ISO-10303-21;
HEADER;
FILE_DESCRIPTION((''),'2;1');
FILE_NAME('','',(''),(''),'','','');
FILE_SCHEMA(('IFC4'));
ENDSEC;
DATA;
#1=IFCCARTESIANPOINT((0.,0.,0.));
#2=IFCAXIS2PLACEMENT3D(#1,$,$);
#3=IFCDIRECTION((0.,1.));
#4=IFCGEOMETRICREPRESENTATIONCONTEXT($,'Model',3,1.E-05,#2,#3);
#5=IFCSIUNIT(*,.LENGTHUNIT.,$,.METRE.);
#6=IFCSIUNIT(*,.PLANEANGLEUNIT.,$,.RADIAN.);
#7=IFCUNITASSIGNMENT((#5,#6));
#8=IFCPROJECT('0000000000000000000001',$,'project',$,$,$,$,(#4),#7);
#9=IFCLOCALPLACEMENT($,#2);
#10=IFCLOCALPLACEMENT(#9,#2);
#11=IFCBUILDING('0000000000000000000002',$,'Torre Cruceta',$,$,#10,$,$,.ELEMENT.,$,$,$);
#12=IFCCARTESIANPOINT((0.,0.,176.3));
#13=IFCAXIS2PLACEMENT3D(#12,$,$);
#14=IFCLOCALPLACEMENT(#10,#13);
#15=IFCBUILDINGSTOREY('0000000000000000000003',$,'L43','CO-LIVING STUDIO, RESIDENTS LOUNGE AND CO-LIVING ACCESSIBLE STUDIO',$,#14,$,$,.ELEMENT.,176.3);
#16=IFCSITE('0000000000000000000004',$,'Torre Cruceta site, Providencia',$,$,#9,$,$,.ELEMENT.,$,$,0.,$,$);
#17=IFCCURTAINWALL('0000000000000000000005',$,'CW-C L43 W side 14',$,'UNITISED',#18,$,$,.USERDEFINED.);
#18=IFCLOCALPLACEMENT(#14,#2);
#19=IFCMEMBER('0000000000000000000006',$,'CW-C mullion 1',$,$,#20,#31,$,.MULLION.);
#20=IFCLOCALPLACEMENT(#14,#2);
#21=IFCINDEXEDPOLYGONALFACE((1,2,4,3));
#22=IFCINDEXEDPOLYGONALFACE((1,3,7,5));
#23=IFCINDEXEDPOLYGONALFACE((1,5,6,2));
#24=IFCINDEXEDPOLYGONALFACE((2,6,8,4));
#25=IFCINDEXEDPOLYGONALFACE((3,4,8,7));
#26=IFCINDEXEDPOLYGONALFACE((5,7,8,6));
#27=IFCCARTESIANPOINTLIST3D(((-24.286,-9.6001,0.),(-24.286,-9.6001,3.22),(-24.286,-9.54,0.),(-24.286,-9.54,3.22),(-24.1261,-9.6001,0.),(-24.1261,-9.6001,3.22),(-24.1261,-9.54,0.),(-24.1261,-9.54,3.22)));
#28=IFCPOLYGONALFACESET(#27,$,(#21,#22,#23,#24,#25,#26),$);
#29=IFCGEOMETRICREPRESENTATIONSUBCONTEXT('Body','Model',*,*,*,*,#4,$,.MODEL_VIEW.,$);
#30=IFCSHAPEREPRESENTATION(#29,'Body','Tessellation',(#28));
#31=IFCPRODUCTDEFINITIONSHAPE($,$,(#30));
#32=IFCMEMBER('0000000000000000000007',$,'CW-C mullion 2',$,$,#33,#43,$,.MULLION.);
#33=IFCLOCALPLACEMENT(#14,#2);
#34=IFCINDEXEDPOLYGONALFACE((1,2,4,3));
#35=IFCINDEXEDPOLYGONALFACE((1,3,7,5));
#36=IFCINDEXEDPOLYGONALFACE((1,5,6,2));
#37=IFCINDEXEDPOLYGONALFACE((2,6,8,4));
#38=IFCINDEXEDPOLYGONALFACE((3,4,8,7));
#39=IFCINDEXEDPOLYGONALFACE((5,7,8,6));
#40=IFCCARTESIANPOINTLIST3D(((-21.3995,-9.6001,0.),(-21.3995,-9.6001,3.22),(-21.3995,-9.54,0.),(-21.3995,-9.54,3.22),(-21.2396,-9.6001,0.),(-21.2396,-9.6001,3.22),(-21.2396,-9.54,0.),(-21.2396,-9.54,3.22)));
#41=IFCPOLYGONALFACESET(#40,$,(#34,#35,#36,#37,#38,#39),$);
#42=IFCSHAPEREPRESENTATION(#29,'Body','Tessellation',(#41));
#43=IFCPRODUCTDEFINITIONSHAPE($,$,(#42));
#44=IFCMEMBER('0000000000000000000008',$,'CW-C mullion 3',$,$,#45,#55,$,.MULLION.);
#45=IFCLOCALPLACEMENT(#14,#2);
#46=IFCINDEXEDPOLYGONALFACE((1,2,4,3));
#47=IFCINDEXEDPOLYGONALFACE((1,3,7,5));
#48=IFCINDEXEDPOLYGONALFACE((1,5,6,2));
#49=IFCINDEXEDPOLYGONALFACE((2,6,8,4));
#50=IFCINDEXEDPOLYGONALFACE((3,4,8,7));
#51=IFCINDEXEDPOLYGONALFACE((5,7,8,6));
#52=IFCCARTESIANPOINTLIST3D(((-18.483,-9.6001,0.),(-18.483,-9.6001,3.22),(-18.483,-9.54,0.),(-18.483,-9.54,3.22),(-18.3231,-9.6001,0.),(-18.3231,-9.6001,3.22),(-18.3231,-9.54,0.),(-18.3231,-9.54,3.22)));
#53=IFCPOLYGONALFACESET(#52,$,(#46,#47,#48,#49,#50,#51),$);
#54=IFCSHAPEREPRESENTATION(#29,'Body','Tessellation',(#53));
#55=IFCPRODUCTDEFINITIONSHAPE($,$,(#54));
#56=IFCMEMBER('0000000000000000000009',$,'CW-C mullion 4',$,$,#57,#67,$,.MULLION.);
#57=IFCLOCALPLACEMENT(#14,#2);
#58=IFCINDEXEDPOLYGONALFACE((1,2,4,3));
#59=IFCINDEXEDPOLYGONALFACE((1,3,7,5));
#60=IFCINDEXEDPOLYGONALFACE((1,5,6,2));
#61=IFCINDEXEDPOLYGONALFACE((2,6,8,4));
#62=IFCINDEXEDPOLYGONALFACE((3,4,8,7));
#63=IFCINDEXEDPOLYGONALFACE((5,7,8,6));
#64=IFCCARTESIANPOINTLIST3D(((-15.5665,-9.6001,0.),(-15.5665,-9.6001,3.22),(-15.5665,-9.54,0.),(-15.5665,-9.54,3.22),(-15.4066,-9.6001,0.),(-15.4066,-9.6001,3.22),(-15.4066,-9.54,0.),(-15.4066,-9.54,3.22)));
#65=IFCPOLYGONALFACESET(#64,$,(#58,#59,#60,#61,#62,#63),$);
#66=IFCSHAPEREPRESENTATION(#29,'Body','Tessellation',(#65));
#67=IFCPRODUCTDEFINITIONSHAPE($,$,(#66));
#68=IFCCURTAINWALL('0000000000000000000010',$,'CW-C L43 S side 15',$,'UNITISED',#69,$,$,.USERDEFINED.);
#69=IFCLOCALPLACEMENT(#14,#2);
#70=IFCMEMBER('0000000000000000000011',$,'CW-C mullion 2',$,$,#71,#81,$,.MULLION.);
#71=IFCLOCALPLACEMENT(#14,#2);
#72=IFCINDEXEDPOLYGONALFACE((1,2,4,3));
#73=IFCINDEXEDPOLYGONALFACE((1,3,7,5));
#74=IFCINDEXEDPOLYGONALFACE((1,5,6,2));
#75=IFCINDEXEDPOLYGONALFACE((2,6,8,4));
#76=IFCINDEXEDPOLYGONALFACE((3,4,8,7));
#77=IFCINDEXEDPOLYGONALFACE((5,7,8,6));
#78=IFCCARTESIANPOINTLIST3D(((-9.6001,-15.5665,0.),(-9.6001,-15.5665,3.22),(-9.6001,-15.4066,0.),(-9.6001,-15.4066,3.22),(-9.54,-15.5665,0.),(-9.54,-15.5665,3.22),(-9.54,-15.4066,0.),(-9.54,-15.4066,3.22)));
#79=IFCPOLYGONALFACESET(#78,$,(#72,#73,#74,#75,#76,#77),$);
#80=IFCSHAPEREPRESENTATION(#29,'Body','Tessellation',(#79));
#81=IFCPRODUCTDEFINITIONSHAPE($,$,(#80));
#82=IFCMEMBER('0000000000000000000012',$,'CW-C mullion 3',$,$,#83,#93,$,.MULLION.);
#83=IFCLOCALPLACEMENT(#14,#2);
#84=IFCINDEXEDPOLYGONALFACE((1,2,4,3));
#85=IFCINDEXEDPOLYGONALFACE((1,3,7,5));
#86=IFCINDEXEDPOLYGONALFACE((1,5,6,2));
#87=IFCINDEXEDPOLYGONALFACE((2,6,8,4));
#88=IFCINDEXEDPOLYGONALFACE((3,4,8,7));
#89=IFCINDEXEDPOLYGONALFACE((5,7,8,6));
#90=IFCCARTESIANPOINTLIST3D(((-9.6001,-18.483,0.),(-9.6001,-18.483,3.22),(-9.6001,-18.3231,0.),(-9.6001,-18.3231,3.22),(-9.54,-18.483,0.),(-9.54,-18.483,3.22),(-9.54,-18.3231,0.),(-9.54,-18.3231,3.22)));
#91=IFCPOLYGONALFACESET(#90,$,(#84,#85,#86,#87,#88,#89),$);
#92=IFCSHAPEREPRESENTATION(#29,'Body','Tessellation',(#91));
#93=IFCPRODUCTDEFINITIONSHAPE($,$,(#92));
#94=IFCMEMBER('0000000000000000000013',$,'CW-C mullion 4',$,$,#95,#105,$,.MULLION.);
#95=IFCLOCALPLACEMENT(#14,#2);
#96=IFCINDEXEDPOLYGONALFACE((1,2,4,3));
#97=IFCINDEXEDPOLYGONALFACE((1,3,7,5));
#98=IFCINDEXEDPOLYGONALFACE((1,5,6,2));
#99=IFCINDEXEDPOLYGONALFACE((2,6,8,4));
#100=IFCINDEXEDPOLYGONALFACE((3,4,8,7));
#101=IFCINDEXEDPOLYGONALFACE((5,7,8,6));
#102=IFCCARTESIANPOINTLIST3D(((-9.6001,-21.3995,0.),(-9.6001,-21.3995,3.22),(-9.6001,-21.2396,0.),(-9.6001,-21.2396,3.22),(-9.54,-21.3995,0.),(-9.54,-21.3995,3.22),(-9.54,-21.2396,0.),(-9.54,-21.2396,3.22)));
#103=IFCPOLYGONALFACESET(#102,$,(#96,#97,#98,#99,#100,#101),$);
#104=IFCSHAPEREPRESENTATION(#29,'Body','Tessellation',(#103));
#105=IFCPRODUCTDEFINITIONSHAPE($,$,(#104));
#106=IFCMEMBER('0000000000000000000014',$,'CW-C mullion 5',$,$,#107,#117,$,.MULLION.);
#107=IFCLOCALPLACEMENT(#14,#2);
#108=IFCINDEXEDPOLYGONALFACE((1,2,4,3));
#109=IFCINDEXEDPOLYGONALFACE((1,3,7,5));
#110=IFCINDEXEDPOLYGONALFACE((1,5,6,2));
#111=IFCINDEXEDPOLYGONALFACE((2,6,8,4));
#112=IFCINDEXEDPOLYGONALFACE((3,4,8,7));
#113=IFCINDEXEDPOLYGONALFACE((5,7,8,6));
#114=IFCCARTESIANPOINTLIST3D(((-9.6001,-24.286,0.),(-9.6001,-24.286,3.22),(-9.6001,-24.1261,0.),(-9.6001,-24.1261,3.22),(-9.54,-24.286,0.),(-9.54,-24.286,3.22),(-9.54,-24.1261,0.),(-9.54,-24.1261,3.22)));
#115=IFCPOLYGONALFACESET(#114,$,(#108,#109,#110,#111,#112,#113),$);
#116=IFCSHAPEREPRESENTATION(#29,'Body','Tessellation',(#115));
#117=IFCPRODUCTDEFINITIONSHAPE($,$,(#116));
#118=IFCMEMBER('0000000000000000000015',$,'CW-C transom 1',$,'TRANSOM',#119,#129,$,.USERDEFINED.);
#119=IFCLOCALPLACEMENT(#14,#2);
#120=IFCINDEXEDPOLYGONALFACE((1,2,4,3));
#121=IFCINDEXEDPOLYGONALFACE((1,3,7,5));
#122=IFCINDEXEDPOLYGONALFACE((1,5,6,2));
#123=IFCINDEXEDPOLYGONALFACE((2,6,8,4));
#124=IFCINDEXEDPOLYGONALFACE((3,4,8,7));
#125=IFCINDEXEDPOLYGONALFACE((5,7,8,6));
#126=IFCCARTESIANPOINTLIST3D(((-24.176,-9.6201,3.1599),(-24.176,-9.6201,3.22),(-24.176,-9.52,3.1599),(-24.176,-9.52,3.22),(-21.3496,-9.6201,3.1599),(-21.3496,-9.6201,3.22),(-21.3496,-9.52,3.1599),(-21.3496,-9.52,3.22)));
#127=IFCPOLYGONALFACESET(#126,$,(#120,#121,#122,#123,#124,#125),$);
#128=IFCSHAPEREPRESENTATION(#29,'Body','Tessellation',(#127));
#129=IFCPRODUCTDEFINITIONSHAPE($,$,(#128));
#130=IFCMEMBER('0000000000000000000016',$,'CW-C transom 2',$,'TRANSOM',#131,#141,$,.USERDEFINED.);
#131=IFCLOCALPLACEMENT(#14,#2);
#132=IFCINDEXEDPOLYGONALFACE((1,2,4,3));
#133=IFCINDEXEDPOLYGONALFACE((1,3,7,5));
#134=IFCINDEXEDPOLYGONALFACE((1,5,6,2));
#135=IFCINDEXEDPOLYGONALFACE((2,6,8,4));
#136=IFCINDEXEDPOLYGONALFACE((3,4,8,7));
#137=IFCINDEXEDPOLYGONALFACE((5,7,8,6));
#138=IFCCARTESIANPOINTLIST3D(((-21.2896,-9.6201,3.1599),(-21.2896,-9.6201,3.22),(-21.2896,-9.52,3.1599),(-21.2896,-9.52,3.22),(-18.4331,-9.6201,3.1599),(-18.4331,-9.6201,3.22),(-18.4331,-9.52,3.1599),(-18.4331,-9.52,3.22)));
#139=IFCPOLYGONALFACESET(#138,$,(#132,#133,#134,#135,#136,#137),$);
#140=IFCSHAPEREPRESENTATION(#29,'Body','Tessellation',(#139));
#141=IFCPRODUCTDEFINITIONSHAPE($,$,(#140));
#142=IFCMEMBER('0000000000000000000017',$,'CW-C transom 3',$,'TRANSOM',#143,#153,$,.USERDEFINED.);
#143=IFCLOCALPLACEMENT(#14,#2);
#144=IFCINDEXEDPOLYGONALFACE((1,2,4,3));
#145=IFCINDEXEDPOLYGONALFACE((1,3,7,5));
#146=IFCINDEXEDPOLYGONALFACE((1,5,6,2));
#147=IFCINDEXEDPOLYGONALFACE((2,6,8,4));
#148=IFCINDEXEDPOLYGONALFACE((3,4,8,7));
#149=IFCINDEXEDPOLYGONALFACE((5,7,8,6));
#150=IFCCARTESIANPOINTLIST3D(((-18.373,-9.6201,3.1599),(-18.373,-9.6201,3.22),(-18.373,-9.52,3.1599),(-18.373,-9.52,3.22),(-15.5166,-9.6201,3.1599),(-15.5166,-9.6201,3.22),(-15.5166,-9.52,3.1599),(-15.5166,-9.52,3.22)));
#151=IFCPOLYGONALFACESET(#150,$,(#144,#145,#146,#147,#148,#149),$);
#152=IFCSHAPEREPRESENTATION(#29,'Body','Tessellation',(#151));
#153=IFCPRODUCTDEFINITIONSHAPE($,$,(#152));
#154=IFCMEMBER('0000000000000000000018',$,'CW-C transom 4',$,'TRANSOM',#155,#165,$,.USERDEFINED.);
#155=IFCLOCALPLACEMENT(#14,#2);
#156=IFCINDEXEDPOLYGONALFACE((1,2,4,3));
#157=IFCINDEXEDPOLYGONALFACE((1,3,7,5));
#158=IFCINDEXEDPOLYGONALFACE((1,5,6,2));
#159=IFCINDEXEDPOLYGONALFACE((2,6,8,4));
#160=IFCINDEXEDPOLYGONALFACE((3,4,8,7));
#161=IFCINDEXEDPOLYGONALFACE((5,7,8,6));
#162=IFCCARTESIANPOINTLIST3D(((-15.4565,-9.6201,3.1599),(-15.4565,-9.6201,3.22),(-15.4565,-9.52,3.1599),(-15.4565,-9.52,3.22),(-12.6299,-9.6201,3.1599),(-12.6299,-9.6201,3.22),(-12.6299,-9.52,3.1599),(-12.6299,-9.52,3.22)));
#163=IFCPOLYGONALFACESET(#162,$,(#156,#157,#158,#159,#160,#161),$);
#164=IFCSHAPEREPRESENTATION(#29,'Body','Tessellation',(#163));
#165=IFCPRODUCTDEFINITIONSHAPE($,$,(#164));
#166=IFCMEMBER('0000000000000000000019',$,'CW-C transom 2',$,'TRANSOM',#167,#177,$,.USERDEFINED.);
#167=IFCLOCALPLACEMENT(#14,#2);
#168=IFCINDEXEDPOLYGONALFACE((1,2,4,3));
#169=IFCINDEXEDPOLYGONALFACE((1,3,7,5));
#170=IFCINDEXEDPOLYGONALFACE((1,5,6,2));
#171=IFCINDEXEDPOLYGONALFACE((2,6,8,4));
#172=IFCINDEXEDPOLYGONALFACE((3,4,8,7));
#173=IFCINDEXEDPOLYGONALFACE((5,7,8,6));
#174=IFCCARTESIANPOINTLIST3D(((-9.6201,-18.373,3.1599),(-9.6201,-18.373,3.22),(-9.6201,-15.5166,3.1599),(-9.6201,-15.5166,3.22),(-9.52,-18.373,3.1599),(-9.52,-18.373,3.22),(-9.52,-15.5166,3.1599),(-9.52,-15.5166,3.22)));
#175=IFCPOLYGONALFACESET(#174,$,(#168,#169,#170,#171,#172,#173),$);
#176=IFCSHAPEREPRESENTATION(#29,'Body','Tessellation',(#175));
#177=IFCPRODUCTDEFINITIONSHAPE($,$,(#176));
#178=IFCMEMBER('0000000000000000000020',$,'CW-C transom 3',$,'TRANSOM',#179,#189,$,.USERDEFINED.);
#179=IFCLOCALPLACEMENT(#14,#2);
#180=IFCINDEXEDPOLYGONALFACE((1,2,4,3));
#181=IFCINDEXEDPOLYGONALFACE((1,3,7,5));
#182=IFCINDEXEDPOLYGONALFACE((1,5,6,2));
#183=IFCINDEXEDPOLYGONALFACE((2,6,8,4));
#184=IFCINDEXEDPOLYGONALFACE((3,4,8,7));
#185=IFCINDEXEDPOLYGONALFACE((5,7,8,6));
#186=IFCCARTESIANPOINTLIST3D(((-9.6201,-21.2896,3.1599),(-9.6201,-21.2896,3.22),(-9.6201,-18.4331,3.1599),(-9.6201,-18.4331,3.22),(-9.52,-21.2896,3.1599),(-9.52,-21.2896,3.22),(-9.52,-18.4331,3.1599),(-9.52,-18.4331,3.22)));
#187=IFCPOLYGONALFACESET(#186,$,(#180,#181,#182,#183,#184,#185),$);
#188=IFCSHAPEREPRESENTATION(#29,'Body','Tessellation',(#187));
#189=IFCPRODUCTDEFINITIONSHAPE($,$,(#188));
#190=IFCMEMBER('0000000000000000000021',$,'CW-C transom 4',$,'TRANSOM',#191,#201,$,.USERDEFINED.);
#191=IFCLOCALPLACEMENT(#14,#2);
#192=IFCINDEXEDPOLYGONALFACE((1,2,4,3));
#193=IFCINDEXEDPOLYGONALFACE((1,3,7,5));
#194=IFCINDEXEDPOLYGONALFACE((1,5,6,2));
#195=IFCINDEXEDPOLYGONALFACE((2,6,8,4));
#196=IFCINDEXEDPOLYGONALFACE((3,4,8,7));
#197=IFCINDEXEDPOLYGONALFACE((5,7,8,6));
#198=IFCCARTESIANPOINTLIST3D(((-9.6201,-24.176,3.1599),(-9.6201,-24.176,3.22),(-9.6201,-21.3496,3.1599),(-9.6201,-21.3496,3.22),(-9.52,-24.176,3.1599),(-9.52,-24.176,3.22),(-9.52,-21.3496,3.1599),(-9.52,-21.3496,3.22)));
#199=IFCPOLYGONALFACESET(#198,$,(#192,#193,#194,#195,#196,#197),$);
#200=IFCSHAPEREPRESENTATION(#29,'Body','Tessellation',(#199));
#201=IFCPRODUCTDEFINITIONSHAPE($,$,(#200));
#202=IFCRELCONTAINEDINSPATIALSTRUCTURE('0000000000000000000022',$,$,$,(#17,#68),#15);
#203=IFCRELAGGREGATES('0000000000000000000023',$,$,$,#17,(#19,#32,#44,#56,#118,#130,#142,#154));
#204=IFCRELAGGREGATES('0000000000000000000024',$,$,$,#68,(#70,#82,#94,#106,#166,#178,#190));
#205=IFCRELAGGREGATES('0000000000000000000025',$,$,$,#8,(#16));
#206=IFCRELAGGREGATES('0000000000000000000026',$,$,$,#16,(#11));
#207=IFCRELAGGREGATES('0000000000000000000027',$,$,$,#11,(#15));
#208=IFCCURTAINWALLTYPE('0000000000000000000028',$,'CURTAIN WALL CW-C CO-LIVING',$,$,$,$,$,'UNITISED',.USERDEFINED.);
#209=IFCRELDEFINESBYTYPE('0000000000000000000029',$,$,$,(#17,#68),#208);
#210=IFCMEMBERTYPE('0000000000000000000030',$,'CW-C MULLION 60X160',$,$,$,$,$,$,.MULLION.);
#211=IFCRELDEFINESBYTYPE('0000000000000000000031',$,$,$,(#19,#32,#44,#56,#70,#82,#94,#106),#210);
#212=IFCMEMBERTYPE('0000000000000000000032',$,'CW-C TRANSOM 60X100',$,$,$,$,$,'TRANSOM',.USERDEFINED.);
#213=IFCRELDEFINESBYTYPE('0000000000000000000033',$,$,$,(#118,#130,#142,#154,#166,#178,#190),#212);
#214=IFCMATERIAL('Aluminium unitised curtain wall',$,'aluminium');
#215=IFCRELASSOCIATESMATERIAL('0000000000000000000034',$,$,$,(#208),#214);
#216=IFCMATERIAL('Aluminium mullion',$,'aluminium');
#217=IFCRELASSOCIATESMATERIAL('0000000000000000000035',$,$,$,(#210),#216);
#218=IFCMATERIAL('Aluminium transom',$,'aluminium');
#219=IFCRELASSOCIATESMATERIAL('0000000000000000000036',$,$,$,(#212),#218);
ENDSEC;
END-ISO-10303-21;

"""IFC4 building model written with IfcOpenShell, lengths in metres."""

from ifc_helpers import new_model, si_unit, direction, frame, origin, origin_2d, place, context, subcontext, project, spatial, rectangle, extrude, material, material_profile, profile_set, type_object, element, aggregate, save


model = new_model("IFC4")

# Units and contexts
model_context = context("Model", 3, precision=1e-05, world=origin(), true_north=direction((0.0, 1.0)))
body_context = subcontext(model_context, "Body", "Model", "MODEL_VIEW")
ifc_project = project(units=[si_unit("LENGTHUNIT", "METRE"), si_unit("PLANEANGLEUNIT", "RADIAN")], contexts=[model_context])

# Site, building, storey
site_placement = place(None, origin())
site = spatial("IfcSite", under=ifc_project, at=site_placement, Name="Torre Cruceta site, Providencia", CompositionType="ELEMENT", RefElevation=0.0)
building_placement = place(site_placement, origin())
building = spatial("IfcBuilding", under=site, at=building_placement, Name="Torre Cruceta", CompositionType="ELEMENT")
storey_placement = place(building_placement, frame((0.0, 0.0, 176.3)))
storey = spatial("IfcBuildingStorey", under=building, at=storey_placement, Name="L43", Description="CO-LIVING STUDIO, RESIDENTS LOUNGE AND CO-LIVING ACCESSIBLE STUDIO", CompositionType="ELEMENT", Elevation=176.3)

# Curtain walls, members
ifc_material_1 = material(Name="Aluminium unitised curtain wall", Category="aluminium")
curtain_wall_type = type_object("IfcCurtainWallType", Name="CURTAIN WALL CW-C CO-LIVING", ElementType="UNITISED", PredefinedType="USERDEFINED", material=ifc_material_1)
curtain_wall_1_placement = place(storey_placement, origin())
curtain_wall_1 = element("IfcCurtainWall", 1, at=curtain_wall_1_placement, inside=storey, type_object=curtain_wall_type, Name="CW-C L43 W side 14", ObjectType="UNITISED", PredefinedType="USERDEFINED")
ifc_material_2 = material(Name="Aluminium mullion", Category="aluminium")
ifc_material_profile_1 = material_profile(ifc_material_2, rectangle(XDim=0.0601, YDim=0.1599, at=origin_2d()), Name="AL 60X160")
ifc_profile_set_1 = profile_set([ifc_material_profile_1], Name="Aluminium mullion")
member_type_1 = type_object("IfcMemberType", Name="CW-C MULLION 60X160", PredefinedType="MULLION", material=ifc_profile_set_1)
member_1_placement = place(storey_placement, frame((-24.2061, -9.5701, 0.0), z_axis=(0.0, 0.0, 1.0), x_axis=(0.0, 1.0, 0.0)))
member_1 = element("IfcMember", 2, at=member_1_placement, type_object=member_type_1, Name="CW-C mullion 1", PredefinedType="MULLION", context=body_context, shape_type="SweptSolid", body=[
    extrude(rectangle(XDim=0.0601, YDim=0.1599, at=origin_2d()), origin(), (0.0, 0.0, 1.0), 3.22),
])
member_2_placement = place(storey_placement, frame((-21.3196, -9.5701, 0.0), z_axis=(0.0, 0.0, 1.0), x_axis=(0.0, 1.0, 0.0)))
member_2 = element("IfcMember", 3, at=member_2_placement, type_object=member_type_1, Name="CW-C mullion 2", PredefinedType="MULLION", context=body_context, shape_type="SweptSolid", body=[
    extrude(rectangle(XDim=0.0601, YDim=0.1599, at=origin_2d()), origin(), (0.0, 0.0, 1.0), 3.22),
])
member_3_placement = place(storey_placement, frame((-18.4031, -9.5701, 0.0), z_axis=(0.0, 0.0, 1.0), x_axis=(0.0, 1.0, 0.0)))
member_3 = element("IfcMember", 4, at=member_3_placement, type_object=member_type_1, Name="CW-C mullion 3", PredefinedType="MULLION", context=body_context, shape_type="SweptSolid", body=[
    extrude(rectangle(XDim=0.0601, YDim=0.1599, at=origin_2d()), origin(), (0.0, 0.0, 1.0), 3.22),
])
member_4_placement = place(storey_placement, frame((-15.4866, -9.5701, 0.0), z_axis=(0.0, 0.0, 1.0), x_axis=(0.0, 1.0, 0.0)))
member_4 = element("IfcMember", 5, at=member_4_placement, type_object=member_type_1, Name="CW-C mullion 4", PredefinedType="MULLION", context=body_context, shape_type="SweptSolid", body=[
    extrude(rectangle(XDim=0.0601, YDim=0.1599, at=origin_2d()), origin(), (0.0, 0.0, 1.0), 3.22),
])
curtain_wall_2_placement = place(storey_placement, origin())
curtain_wall_2 = element("IfcCurtainWall", 6, at=curtain_wall_2_placement, inside=storey, type_object=curtain_wall_type, Name="CW-C L43 S side 15", ObjectType="UNITISED", PredefinedType="USERDEFINED")
member_5_placement = place(storey_placement, frame((-9.5701, -15.4866, 0.0), z_axis=(0.0, 0.0, 1.0), x_axis=(1.0, 0.0, 0.0)))
member_5 = element("IfcMember", 7, at=member_5_placement, type_object=member_type_1, Name="CW-C mullion 2", PredefinedType="MULLION", context=body_context, shape_type="SweptSolid", body=[
    extrude(rectangle(XDim=0.0601, YDim=0.1599, at=origin_2d()), origin(), (0.0, 0.0, 1.0), 3.22),
])
member_6_placement = place(storey_placement, frame((-9.5701, -18.4031, 0.0), z_axis=(0.0, 0.0, 1.0), x_axis=(1.0, 0.0, 0.0)))
member_6 = element("IfcMember", 8, at=member_6_placement, type_object=member_type_1, Name="CW-C mullion 3", PredefinedType="MULLION", context=body_context, shape_type="SweptSolid", body=[
    extrude(rectangle(XDim=0.0601, YDim=0.1599, at=origin_2d()), origin(), (0.0, 0.0, 1.0), 3.22),
])
member_7_placement = place(storey_placement, frame((-9.5701, -21.3196, 0.0), z_axis=(0.0, 0.0, 1.0), x_axis=(1.0, 0.0, 0.0)))
member_7 = element("IfcMember", 9, at=member_7_placement, type_object=member_type_1, Name="CW-C mullion 4", PredefinedType="MULLION", context=body_context, shape_type="SweptSolid", body=[
    extrude(rectangle(XDim=0.0601, YDim=0.1599, at=origin_2d()), origin(), (0.0, 0.0, 1.0), 3.22),
])
member_8_placement = place(storey_placement, frame((-9.5701, -24.2061, 0.0), z_axis=(0.0, 0.0, 1.0), x_axis=(1.0, 0.0, 0.0)))
member_8 = element("IfcMember", 10, at=member_8_placement, type_object=member_type_1, Name="CW-C mullion 5", PredefinedType="MULLION", context=body_context, shape_type="SweptSolid", body=[
    extrude(rectangle(XDim=0.0601, YDim=0.1599, at=origin_2d()), origin(), (0.0, 0.0, 1.0), 3.22),
])

# Members
ifc_material_3 = material(Name="Aluminium transom", Category="aluminium")
ifc_material_profile_2 = material_profile(ifc_material_3, rectangle(XDim=0.1001, YDim=0.0601, at=origin_2d()), Name="AL 100X60")
ifc_profile_set_2 = profile_set([ifc_material_profile_2], Name="Aluminium transom")
member_type_2 = type_object("IfcMemberType", Name="CW-C TRANSOM 60X100", ElementType="TRANSOM", PredefinedType="USERDEFINED", material=ifc_profile_set_2)
member_9_placement = place(storey_placement, frame((-24.176, -9.5701, 3.1899), z_axis=(1.0, 0.0, 0.0), x_axis=(0.0, 1.0, 0.0)))
member_9 = element("IfcMember", 11, at=member_9_placement, type_object=member_type_2, Name="CW-C transom 1", ObjectType="TRANSOM", PredefinedType="USERDEFINED", context=body_context, shape_type="SweptSolid", body=[
    extrude(rectangle(XDim=0.1001, YDim=0.0601, at=origin_2d()), origin(), (0.0, 0.0, 1.0), 2.8264),
])
member_10_placement = place(storey_placement, frame((-21.2896, -9.5701, 3.1899), z_axis=(1.0, 0.0, 0.0), x_axis=(0.0, 1.0, 0.0)))
member_10 = element("IfcMember", 12, at=member_10_placement, type_object=member_type_2, Name="CW-C transom 2", ObjectType="TRANSOM", PredefinedType="USERDEFINED", context=body_context, shape_type="SweptSolid", body=[
    extrude(rectangle(XDim=0.1001, YDim=0.0601, at=origin_2d()), origin(), (0.0, 0.0, 1.0), 2.8564),
])
member_11_placement = place(storey_placement, frame((-18.373, -9.5701, 3.1899), z_axis=(1.0, 0.0, 0.0), x_axis=(0.0, 1.0, 0.0)))
member_11 = element("IfcMember", 13, at=member_11_placement, type_object=member_type_2, Name="CW-C transom 3", ObjectType="TRANSOM", PredefinedType="USERDEFINED", context=body_context, shape_type="SweptSolid", body=[
    extrude(rectangle(XDim=0.1001, YDim=0.0601, at=origin_2d()), origin(), (0.0, 0.0, 1.0), 2.8564),
])
member_12_placement = place(storey_placement, frame((-15.4565, -9.5701, 3.1899), z_axis=(1.0, 0.0, 0.0), x_axis=(0.0, 1.0, 0.0)))
member_12 = element("IfcMember", 14, at=member_12_placement, type_object=member_type_2, Name="CW-C transom 4", ObjectType="TRANSOM", PredefinedType="USERDEFINED", context=body_context, shape_type="SweptSolid", body=[
    extrude(rectangle(XDim=0.1001, YDim=0.0601, at=origin_2d()), origin(), (0.0, 0.0, 1.0), 2.8267),
])
member_13_placement = place(storey_placement, frame((-9.5701, -15.5166, 3.1899), z_axis=(0.0, -1.0, 0.0), x_axis=(1.0, 0.0, 0.0)))
member_13 = element("IfcMember", 15, at=member_13_placement, type_object=member_type_2, Name="CW-C transom 2", ObjectType="TRANSOM", PredefinedType="USERDEFINED", context=body_context, shape_type="SweptSolid", body=[
    extrude(rectangle(XDim=0.1001, YDim=0.0601, at=origin_2d()), origin(), (0.0, 0.0, 1.0), 2.8564),
])
member_14_placement = place(storey_placement, frame((-9.5701, -18.4331, 3.1899), z_axis=(0.0, -1.0, 0.0), x_axis=(1.0, 0.0, 0.0)))
member_14 = element("IfcMember", 16, at=member_14_placement, type_object=member_type_2, Name="CW-C transom 3", ObjectType="TRANSOM", PredefinedType="USERDEFINED", context=body_context, shape_type="SweptSolid", body=[
    extrude(rectangle(XDim=0.1001, YDim=0.0601, at=origin_2d()), origin(), (0.0, 0.0, 1.0), 2.8564),
])
member_15_placement = place(storey_placement, frame((-9.5701, -21.3496, 3.1899), z_axis=(0.0, -1.0, 0.0), x_axis=(1.0, 0.0, 0.0)))
member_15 = element("IfcMember", 17, at=member_15_placement, type_object=member_type_2, Name="CW-C transom 4", ObjectType="TRANSOM", PredefinedType="USERDEFINED", context=body_context, shape_type="SweptSolid", body=[
    extrude(rectangle(XDim=0.1001, YDim=0.0601, at=origin_2d()), origin(), (0.0, 0.0, 1.0), 2.8264),
])

aggregate(curtain_wall_1, [member_1, member_2, member_3, member_4, member_9, member_10, member_11, member_12])
aggregate(curtain_wall_2, [member_5, member_6, member_7, member_8, member_13, member_14, member_15])

save(model, "model.ifc")
